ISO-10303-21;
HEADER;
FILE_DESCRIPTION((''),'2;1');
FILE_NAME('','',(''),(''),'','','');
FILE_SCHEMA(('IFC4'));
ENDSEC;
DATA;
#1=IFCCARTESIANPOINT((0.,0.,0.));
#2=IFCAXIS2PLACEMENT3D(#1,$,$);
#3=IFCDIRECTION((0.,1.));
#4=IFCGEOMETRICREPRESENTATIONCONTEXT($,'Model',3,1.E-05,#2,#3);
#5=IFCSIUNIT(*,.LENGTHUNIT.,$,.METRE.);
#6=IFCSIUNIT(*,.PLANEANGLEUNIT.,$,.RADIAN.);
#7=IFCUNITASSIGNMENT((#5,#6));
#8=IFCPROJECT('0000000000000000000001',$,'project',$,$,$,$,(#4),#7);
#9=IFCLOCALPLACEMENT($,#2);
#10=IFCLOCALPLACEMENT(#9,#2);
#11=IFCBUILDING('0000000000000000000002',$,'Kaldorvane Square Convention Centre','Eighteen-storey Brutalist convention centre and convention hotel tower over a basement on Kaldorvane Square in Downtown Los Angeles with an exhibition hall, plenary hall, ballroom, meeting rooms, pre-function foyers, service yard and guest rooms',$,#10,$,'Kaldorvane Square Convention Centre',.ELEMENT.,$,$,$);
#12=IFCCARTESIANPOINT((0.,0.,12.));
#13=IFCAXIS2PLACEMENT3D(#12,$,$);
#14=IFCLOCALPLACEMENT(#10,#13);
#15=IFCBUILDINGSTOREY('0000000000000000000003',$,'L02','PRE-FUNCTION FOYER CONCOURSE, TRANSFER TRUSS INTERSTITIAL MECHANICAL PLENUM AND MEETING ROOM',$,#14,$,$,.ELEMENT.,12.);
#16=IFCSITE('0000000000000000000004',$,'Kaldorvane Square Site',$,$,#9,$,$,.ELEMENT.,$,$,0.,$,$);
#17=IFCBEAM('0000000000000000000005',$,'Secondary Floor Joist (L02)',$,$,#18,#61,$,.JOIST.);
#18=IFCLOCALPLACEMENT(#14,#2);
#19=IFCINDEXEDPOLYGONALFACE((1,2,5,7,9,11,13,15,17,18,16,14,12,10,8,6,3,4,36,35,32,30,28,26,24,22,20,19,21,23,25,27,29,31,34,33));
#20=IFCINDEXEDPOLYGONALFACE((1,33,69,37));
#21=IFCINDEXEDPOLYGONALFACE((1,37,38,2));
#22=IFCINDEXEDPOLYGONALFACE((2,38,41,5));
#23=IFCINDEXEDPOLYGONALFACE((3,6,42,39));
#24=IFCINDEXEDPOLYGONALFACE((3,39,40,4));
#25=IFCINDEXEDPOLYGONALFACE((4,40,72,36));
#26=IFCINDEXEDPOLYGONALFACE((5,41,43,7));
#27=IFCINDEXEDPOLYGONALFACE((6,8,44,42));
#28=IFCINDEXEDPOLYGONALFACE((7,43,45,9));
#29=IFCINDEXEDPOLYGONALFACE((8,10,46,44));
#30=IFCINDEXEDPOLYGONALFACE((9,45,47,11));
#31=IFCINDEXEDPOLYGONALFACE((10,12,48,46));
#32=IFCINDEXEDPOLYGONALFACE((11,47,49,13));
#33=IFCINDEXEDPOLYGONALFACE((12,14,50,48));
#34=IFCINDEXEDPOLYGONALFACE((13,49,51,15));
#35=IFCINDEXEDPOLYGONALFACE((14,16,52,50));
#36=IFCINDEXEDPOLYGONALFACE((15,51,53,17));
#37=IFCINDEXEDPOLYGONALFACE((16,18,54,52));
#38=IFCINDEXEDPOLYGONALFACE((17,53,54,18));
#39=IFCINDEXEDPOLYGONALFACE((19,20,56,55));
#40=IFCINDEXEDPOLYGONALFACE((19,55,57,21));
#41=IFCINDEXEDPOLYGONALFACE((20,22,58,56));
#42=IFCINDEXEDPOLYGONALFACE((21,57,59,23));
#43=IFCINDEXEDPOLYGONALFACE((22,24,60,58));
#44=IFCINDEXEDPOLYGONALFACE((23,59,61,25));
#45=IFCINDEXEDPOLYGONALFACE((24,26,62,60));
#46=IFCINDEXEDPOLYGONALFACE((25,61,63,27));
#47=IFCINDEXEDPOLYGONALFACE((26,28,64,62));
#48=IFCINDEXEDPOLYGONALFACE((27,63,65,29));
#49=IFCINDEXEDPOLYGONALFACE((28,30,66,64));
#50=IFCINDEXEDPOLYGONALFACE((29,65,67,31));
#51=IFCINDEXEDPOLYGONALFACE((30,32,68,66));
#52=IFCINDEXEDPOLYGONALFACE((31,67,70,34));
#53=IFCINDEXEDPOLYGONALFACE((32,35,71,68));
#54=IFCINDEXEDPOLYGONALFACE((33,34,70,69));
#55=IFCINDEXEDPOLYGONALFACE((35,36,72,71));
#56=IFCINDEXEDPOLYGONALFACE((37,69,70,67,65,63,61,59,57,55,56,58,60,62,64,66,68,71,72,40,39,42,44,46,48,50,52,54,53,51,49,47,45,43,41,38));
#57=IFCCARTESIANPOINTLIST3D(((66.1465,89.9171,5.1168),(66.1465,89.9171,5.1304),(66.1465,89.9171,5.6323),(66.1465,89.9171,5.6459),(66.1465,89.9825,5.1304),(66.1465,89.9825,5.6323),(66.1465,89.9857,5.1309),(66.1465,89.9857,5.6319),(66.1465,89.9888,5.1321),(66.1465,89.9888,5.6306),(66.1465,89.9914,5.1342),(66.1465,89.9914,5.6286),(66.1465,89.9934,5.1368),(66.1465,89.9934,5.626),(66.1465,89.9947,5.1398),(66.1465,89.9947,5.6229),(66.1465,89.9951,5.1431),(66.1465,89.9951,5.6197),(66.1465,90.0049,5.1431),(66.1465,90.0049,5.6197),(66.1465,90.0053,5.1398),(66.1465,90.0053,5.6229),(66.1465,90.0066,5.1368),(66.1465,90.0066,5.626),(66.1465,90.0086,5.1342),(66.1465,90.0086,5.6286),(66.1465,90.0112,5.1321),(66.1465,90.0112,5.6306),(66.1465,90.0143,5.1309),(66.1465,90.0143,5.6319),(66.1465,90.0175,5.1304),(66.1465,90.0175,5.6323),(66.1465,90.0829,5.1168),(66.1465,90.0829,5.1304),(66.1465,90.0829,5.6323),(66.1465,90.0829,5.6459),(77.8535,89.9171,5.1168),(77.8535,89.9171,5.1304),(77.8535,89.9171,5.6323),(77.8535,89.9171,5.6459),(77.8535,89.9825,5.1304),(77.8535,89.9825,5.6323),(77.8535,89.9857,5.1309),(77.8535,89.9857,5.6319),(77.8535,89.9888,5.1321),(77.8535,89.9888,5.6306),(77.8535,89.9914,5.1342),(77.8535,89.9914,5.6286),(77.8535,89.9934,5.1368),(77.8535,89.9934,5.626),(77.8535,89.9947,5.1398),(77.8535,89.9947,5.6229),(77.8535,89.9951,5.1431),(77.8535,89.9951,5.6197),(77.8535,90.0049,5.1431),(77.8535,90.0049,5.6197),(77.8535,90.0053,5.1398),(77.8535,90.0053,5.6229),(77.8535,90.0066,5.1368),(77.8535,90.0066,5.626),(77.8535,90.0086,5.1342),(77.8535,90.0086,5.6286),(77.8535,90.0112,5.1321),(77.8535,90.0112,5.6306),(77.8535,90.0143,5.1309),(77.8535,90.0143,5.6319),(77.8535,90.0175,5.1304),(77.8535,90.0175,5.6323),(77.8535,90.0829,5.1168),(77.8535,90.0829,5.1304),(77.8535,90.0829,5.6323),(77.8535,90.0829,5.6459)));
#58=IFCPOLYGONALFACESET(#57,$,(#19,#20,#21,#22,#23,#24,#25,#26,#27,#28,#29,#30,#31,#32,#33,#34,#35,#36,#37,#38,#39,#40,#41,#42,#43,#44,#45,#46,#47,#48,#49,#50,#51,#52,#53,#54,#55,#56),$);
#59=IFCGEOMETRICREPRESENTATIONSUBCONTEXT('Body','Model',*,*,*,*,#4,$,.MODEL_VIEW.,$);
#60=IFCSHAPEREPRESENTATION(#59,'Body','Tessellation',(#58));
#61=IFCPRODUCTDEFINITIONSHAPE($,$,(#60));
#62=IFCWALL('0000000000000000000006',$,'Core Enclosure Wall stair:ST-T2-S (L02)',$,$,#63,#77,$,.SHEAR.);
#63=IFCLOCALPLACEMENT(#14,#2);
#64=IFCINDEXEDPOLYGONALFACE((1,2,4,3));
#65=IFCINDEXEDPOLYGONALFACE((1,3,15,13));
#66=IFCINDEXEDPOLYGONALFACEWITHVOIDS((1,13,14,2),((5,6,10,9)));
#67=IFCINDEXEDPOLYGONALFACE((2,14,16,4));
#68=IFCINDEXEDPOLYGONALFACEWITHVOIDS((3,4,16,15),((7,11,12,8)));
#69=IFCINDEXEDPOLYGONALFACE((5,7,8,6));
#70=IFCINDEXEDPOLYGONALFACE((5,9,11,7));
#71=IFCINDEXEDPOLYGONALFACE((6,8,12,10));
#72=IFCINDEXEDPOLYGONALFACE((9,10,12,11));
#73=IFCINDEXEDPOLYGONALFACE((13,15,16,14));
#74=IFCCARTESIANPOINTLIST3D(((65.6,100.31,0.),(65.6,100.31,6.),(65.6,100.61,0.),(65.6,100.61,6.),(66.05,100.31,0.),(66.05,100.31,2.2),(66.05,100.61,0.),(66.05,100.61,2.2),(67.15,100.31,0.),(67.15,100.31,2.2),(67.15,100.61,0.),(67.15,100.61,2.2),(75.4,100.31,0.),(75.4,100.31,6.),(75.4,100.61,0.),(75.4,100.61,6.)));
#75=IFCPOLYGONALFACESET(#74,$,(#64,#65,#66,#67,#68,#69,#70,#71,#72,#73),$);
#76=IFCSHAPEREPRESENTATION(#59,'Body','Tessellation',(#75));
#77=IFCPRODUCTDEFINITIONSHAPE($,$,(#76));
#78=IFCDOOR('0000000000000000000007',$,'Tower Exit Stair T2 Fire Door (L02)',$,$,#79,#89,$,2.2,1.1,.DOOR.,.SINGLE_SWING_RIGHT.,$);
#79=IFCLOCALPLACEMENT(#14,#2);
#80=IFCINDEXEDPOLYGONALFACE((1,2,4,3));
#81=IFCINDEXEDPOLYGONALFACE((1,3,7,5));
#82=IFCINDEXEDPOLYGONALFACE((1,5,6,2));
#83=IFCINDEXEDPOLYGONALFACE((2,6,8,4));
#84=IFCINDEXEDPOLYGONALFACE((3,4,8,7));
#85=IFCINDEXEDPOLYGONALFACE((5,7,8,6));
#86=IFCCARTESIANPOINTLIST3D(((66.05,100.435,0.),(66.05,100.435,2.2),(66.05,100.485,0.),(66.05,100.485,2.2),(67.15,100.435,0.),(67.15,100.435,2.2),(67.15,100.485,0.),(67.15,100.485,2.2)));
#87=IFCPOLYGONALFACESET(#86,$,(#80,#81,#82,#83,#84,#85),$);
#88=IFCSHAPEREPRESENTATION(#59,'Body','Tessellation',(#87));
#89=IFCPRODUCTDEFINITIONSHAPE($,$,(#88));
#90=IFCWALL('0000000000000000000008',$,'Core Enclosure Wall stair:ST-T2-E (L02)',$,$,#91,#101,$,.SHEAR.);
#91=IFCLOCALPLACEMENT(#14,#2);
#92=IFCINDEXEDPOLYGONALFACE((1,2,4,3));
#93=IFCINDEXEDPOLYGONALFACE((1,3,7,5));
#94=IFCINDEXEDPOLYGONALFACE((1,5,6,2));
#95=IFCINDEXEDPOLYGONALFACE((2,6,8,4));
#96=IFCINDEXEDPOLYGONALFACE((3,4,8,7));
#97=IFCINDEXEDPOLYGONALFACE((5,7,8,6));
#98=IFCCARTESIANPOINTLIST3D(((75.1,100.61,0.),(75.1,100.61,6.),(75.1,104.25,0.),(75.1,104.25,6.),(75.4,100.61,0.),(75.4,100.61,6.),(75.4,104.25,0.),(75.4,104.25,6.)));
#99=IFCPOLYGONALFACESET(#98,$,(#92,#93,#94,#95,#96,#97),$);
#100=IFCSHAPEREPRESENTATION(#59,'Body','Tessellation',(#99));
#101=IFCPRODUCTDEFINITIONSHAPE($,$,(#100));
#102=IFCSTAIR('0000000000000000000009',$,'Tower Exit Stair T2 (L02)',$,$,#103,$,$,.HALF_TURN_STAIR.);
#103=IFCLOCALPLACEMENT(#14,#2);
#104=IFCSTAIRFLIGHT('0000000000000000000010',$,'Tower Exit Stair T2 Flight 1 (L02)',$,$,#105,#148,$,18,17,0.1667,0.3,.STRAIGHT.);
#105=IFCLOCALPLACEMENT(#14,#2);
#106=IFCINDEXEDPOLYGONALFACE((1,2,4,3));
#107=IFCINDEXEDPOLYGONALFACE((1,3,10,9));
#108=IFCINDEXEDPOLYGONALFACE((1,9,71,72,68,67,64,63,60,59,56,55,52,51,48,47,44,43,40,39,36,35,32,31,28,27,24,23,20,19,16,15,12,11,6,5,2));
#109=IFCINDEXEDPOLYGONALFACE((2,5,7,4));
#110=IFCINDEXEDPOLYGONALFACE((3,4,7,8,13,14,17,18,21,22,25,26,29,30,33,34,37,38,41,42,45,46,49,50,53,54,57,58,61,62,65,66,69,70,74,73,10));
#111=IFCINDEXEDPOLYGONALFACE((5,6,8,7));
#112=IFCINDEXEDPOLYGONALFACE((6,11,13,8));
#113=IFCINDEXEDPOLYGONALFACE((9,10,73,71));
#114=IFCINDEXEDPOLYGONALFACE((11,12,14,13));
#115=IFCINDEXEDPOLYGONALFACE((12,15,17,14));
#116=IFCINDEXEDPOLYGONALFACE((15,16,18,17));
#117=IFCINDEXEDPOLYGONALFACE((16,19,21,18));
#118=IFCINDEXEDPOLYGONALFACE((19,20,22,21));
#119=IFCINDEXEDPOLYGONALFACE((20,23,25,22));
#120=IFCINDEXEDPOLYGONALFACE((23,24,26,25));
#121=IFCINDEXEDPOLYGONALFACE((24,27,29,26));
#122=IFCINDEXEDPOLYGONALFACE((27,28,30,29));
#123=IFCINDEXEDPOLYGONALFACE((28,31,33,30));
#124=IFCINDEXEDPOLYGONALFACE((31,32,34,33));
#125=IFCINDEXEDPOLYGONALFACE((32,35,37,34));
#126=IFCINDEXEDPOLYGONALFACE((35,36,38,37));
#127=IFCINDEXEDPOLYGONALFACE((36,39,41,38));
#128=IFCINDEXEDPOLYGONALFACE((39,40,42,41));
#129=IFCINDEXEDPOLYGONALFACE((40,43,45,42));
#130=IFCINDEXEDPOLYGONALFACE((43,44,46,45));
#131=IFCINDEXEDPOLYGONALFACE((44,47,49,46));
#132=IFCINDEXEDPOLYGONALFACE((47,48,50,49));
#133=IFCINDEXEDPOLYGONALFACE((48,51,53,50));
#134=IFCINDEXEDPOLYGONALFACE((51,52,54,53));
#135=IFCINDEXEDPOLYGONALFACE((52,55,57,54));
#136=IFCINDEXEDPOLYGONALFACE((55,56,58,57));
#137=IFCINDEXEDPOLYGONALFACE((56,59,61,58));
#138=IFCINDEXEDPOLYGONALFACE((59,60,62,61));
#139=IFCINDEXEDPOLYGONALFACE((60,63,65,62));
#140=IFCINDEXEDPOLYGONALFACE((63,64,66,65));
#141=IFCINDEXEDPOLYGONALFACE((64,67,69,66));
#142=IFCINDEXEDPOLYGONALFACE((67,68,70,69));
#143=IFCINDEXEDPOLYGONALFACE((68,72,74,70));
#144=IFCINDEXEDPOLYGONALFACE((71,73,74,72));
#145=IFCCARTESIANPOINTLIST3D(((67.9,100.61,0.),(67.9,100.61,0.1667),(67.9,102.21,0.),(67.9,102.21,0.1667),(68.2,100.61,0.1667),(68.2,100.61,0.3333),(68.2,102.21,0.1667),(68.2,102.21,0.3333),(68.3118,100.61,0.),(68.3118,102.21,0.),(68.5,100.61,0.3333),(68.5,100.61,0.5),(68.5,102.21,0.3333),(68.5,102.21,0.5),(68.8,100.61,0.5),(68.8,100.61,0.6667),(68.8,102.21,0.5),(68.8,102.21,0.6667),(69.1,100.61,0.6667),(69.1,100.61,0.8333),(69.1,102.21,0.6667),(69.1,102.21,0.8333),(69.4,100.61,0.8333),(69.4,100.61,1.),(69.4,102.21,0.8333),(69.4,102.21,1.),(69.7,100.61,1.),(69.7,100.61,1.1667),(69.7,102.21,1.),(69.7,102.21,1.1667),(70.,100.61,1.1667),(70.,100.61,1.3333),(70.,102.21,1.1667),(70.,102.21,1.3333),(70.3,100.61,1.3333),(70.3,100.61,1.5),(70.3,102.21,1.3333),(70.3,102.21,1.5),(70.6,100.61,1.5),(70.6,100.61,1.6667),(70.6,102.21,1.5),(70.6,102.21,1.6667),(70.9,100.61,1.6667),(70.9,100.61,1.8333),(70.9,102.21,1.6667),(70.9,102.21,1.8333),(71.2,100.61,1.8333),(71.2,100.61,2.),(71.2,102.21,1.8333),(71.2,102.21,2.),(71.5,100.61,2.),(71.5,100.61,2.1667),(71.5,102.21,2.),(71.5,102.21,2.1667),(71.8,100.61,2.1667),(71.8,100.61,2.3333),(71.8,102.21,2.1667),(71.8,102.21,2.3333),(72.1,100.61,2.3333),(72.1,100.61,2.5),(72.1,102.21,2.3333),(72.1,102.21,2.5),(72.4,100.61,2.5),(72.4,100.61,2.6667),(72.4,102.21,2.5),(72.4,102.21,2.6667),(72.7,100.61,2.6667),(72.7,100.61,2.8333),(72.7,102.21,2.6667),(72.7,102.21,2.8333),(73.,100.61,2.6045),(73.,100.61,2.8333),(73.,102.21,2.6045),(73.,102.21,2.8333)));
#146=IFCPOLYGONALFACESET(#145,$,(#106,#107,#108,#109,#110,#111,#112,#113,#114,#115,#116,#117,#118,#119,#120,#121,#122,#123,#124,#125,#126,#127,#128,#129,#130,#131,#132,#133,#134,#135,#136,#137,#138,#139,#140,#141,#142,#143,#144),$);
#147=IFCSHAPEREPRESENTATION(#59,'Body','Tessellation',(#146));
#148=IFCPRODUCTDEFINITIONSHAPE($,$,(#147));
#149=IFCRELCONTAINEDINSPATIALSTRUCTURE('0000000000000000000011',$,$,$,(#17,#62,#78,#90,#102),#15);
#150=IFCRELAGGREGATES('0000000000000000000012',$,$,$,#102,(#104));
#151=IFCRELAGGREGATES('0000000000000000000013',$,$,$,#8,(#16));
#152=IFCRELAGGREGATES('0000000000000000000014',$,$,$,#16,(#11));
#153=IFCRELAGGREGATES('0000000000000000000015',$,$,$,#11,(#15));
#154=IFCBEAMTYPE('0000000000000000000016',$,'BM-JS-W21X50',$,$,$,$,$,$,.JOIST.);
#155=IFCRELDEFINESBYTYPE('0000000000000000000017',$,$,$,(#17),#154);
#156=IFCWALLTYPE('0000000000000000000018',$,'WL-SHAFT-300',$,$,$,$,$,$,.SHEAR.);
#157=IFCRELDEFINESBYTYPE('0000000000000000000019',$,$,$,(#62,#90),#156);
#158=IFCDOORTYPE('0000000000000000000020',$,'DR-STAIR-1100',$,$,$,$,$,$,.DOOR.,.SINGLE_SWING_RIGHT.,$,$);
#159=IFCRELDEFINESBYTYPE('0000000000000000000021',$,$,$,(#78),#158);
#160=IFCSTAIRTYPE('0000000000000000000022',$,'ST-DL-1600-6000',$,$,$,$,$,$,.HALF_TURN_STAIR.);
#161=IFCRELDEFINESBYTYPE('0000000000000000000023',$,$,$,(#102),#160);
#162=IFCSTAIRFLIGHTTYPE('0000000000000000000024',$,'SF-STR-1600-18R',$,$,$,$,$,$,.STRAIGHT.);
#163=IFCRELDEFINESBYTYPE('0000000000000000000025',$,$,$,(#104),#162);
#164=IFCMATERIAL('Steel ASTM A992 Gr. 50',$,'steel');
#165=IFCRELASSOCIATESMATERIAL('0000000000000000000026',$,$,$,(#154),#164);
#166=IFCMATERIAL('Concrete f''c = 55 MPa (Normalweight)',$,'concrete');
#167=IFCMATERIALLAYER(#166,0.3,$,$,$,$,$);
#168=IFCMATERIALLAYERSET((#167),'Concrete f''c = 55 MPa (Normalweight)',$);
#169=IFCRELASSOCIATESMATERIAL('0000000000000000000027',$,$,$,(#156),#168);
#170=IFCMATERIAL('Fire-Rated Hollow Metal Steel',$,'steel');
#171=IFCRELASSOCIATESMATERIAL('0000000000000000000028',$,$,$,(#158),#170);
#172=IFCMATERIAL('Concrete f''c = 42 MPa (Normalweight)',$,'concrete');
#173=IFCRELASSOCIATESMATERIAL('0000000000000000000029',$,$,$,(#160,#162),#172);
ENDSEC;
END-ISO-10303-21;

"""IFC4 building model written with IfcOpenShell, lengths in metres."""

from ifc_helpers import new_model, si_unit, direction, frame, frame_2d, origin, origin_2d, place, context, subcontext, project, spatial, polyline, rectangle, i_section, outline, extrude, material, layer, layer_set, material_profile, profile_set, type_object, element, fill, aggregate, save


model = new_model("IFC4")

# Units and contexts
model_context = context("Model", 3, precision=1e-05, world=origin(), true_north=direction((0.0, 1.0)))
body_context = subcontext(model_context, "Body", "Model", "MODEL_VIEW")
ifc_project = project(units=[si_unit("LENGTHUNIT", "METRE"), si_unit("PLANEANGLEUNIT", "RADIAN")], contexts=[model_context])

# Site, building, storey
site_placement = place(None, origin())
site = spatial("IfcSite", under=ifc_project, at=site_placement, Name="Kaldorvane Square Site", CompositionType="ELEMENT", RefElevation=0.0)
building_placement = place(site_placement, origin())
building = spatial("IfcBuilding", under=site, at=building_placement, Name="Kaldorvane Square Convention Centre", Description="Eighteen-storey Brutalist convention centre and convention hotel tower over a basement on Kaldorvane Square in Downtown Los Angeles with an exhibition hall, plenary hall, ballroom, meeting rooms, pre-function foyers, service yard and guest rooms", LongName="Kaldorvane Square Convention Centre", CompositionType="ELEMENT")
storey_placement = place(building_placement, frame((0.0, 0.0, 12.0)))
storey = spatial("IfcBuildingStorey", under=building, at=storey_placement, Name="L02", Description="PRE-FUNCTION FOYER CONCOURSE, TRANSFER TRUSS INTERSTITIAL MECHANICAL PLENUM AND MEETING ROOM", CompositionType="ELEMENT", Elevation=12.0)

# Shared definitions
ifc_material_1 = material(Name="Concrete f'c = 55 MPa (Normalweight)", Category="concrete")
ifc_material_2 = material(Name="Steel ASTM A992 Gr. 50", Category="steel")

# Beam
ifc_material_profile_1 = material_profile(ifc_material_2, i_section(OverallWidth=0.1659, OverallDepth=0.5291, WebThickness=0.0097, FlangeThickness=0.0136, FilletRadius=0.0127, at=origin_2d()), Name="W21X50")
ifc_profile_set_1 = profile_set([ifc_material_profile_1], Name="Steel ASTM A992 Gr. 50")
beam_type_1 = type_object("IfcBeamType", Name="BM-JS-W21X50", PredefinedType="JOIST", material=ifc_profile_set_1)
beam_1_placement = place(storey_placement, frame((66.1465, 90.0, 5.3814), z_axis=(1.0, 0.0, 0.0), x_axis=(0.0, 1.0, 0.0)))
element("IfcBeam", 1, at=beam_1_placement, inside=storey, type_object=beam_type_1, Name="Secondary Floor Joist (L02)", PredefinedType="JOIST", context=body_context, shape_type="SweptSolid", body=[
    extrude(i_section(OverallWidth=0.1659, OverallDepth=0.5291, WebThickness=0.0097, FlangeThickness=0.0136, FilletRadius=0.0127, at=origin_2d()), origin(), (0.0, 0.0, 1.0), 11.707),
])

# Wall, opening, door
ifc_layer = layer(ifc_material_1, 0.3)
ifc_layer_set = layer_set([ifc_layer], Name="Concrete f'c = 55 MPa (Normalweight)")
wall_type = type_object("IfcWallType", Name="WL-SHAFT-300", PredefinedType="SHEAR", material=ifc_layer_set)
wall_1_placement = place(storey_placement, frame((65.6, 100.46, 0.0), z_axis=(0.0, 0.0, 1.0), x_axis=(1.0, 0.0, 0.0)))
wall_1 = element("IfcWall", 2, at=wall_1_placement, inside=storey, type_object=wall_type, Name="Core Enclosure Wall stair:ST-T2-S (L02)", PredefinedType="SHEAR", context=body_context, shape_type="SweptSolid", body=[
    extrude(rectangle(XDim=9.8, YDim=0.3, at=frame_2d((4.9, 0.0))), origin(), (0.0, 0.0, 1.0), 6.0),
])
opening_placement = place(wall_1_placement, frame((0.45, 0.0, 0.0)))
opening = element("IfcOpeningElement", 3, at=opening_placement, cuts=wall_1, PredefinedType="OPENING", context=body_context, shape_type="SweptSolid", body=[
    extrude(rectangle(XDim=1.1, YDim=2.2, at=frame_2d((0.55, 1.1))), frame((0.0, 0.165, 0.0), z_axis=(0.0, -1.0, 0.0), x_axis=(1.0, 0.0, 0.0)), (0.0, 0.0, 1.0), 0.33),
])
ifc_material_3 = material(Name="Fire-Rated Hollow Metal Steel", Category="steel")
door_type = type_object("IfcDoorType", Name="DR-STAIR-1100", OperationType="SINGLE_SWING_RIGHT", PredefinedType="DOOR", material=ifc_material_3)
door_placement = place(opening_placement, origin())
door = element("IfcDoor", 4, at=door_placement, inside=storey, type_object=door_type, Name="Tower Exit Stair T2 Fire Door (L02)", OperationType="SINGLE_SWING_RIGHT", OverallHeight=2.2, OverallWidth=1.1, PredefinedType="DOOR", context=body_context, shape_type="SweptSolid", body=[
    extrude(rectangle(XDim=1.1, YDim=2.2, at=frame_2d((0.55, 1.1))), frame((0.0, 0.025, 0.0), z_axis=(0.0, -1.0, 0.0), x_axis=(1.0, 0.0, 0.0)), (0.0, 0.0, 1.0), 0.05),
])
fill(opening, door)

# Wall
wall_2_placement = place(storey_placement, frame((75.25, 100.61, 0.0), z_axis=(0.0, 0.0, 1.0), x_axis=(0.0, 1.0, 0.0)))
element("IfcWall", 5, at=wall_2_placement, inside=storey, type_object=wall_type, Name="Core Enclosure Wall stair:ST-T2-E (L02)", PredefinedType="SHEAR", context=body_context, shape_type="SweptSolid", body=[
    extrude(rectangle(XDim=3.64, YDim=0.3, at=frame_2d((1.82, 0.0))), origin(), (0.0, 0.0, 1.0), 6.0),
])

# Stair, stair flight
ifc_material_4 = material(Name="Concrete f'c = 42 MPa (Normalweight)", Category="concrete")
stair_type = type_object("IfcStairType", Name="ST-DL-1600-6000", PredefinedType="HALF_TURN_STAIR", material=ifc_material_4)
stair_placement = place(storey_placement, origin())
stair = element("IfcStair", 6, at=stair_placement, inside=storey, type_object=stair_type, Name="Tower Exit Stair T2 (L02)", PredefinedType="HALF_TURN_STAIR")
stair_flight_type = type_object("IfcStairFlightType", Name="SF-STR-1600-18R", PredefinedType="STRAIGHT", material=ifc_material_4)
stair_flight_1_placement = place(storey_placement, frame((67.9, 101.41, 0.0), z_axis=(0.0, 0.0, 1.0), x_axis=(1.0, 0.0, 0.0)))
stair_flight_1 = element("IfcStairFlight", 7, at=stair_flight_1_placement, type_object=stair_flight_type, Name="Tower Exit Stair T2 Flight 1 (L02)", NumberOfRisers=18, NumberOfTreads=17, PredefinedType="STRAIGHT", RiserHeight=0.1667, TreadLength=0.3, context=body_context, shape_type="SweptSolid", body=[
    extrude(outline(polyline([(0.0, 0.0), (0.0, 0.1667), (0.3, 0.1667), (0.3, 0.3333), (0.6, 0.3333), (0.6, 0.5), (0.9, 0.5), (0.9, 0.6667), (1.2, 0.6667), (1.2, 0.8333), (1.5, 0.8333), (1.5, 1.0), (1.8, 1.0), (1.8, 1.1667), (2.1, 1.1667), (2.1, 1.3333), (2.4, 1.3333), (2.4, 1.5), (2.7, 1.5), (2.7, 1.6667), (3.0, 1.6667), (3.0, 1.8333), (3.3, 1.8333), (3.3, 2.0), (3.6, 2.0), (3.6, 2.1667), (3.9, 2.1667), (3.9, 2.3333), (4.2, 2.3333), (4.2, 2.5), (4.5, 2.5), (4.5, 2.6667), (4.8, 2.6667), (4.8, 2.8333), (5.1, 2.8333), (5.1, 3.0), (5.1, 2.6045), (0.4118, 0.0), (0.0, 0.0)])), frame((0.0, 0.8, 0.0), z_axis=(0.0, -1.0, 0.0), x_axis=(1.0, 0.0, 0.0)), (0.0, 0.0, 1.0), 1.6),
])
aggregate(stair, [stair_flight_1])

save(model, "model.ifc")
